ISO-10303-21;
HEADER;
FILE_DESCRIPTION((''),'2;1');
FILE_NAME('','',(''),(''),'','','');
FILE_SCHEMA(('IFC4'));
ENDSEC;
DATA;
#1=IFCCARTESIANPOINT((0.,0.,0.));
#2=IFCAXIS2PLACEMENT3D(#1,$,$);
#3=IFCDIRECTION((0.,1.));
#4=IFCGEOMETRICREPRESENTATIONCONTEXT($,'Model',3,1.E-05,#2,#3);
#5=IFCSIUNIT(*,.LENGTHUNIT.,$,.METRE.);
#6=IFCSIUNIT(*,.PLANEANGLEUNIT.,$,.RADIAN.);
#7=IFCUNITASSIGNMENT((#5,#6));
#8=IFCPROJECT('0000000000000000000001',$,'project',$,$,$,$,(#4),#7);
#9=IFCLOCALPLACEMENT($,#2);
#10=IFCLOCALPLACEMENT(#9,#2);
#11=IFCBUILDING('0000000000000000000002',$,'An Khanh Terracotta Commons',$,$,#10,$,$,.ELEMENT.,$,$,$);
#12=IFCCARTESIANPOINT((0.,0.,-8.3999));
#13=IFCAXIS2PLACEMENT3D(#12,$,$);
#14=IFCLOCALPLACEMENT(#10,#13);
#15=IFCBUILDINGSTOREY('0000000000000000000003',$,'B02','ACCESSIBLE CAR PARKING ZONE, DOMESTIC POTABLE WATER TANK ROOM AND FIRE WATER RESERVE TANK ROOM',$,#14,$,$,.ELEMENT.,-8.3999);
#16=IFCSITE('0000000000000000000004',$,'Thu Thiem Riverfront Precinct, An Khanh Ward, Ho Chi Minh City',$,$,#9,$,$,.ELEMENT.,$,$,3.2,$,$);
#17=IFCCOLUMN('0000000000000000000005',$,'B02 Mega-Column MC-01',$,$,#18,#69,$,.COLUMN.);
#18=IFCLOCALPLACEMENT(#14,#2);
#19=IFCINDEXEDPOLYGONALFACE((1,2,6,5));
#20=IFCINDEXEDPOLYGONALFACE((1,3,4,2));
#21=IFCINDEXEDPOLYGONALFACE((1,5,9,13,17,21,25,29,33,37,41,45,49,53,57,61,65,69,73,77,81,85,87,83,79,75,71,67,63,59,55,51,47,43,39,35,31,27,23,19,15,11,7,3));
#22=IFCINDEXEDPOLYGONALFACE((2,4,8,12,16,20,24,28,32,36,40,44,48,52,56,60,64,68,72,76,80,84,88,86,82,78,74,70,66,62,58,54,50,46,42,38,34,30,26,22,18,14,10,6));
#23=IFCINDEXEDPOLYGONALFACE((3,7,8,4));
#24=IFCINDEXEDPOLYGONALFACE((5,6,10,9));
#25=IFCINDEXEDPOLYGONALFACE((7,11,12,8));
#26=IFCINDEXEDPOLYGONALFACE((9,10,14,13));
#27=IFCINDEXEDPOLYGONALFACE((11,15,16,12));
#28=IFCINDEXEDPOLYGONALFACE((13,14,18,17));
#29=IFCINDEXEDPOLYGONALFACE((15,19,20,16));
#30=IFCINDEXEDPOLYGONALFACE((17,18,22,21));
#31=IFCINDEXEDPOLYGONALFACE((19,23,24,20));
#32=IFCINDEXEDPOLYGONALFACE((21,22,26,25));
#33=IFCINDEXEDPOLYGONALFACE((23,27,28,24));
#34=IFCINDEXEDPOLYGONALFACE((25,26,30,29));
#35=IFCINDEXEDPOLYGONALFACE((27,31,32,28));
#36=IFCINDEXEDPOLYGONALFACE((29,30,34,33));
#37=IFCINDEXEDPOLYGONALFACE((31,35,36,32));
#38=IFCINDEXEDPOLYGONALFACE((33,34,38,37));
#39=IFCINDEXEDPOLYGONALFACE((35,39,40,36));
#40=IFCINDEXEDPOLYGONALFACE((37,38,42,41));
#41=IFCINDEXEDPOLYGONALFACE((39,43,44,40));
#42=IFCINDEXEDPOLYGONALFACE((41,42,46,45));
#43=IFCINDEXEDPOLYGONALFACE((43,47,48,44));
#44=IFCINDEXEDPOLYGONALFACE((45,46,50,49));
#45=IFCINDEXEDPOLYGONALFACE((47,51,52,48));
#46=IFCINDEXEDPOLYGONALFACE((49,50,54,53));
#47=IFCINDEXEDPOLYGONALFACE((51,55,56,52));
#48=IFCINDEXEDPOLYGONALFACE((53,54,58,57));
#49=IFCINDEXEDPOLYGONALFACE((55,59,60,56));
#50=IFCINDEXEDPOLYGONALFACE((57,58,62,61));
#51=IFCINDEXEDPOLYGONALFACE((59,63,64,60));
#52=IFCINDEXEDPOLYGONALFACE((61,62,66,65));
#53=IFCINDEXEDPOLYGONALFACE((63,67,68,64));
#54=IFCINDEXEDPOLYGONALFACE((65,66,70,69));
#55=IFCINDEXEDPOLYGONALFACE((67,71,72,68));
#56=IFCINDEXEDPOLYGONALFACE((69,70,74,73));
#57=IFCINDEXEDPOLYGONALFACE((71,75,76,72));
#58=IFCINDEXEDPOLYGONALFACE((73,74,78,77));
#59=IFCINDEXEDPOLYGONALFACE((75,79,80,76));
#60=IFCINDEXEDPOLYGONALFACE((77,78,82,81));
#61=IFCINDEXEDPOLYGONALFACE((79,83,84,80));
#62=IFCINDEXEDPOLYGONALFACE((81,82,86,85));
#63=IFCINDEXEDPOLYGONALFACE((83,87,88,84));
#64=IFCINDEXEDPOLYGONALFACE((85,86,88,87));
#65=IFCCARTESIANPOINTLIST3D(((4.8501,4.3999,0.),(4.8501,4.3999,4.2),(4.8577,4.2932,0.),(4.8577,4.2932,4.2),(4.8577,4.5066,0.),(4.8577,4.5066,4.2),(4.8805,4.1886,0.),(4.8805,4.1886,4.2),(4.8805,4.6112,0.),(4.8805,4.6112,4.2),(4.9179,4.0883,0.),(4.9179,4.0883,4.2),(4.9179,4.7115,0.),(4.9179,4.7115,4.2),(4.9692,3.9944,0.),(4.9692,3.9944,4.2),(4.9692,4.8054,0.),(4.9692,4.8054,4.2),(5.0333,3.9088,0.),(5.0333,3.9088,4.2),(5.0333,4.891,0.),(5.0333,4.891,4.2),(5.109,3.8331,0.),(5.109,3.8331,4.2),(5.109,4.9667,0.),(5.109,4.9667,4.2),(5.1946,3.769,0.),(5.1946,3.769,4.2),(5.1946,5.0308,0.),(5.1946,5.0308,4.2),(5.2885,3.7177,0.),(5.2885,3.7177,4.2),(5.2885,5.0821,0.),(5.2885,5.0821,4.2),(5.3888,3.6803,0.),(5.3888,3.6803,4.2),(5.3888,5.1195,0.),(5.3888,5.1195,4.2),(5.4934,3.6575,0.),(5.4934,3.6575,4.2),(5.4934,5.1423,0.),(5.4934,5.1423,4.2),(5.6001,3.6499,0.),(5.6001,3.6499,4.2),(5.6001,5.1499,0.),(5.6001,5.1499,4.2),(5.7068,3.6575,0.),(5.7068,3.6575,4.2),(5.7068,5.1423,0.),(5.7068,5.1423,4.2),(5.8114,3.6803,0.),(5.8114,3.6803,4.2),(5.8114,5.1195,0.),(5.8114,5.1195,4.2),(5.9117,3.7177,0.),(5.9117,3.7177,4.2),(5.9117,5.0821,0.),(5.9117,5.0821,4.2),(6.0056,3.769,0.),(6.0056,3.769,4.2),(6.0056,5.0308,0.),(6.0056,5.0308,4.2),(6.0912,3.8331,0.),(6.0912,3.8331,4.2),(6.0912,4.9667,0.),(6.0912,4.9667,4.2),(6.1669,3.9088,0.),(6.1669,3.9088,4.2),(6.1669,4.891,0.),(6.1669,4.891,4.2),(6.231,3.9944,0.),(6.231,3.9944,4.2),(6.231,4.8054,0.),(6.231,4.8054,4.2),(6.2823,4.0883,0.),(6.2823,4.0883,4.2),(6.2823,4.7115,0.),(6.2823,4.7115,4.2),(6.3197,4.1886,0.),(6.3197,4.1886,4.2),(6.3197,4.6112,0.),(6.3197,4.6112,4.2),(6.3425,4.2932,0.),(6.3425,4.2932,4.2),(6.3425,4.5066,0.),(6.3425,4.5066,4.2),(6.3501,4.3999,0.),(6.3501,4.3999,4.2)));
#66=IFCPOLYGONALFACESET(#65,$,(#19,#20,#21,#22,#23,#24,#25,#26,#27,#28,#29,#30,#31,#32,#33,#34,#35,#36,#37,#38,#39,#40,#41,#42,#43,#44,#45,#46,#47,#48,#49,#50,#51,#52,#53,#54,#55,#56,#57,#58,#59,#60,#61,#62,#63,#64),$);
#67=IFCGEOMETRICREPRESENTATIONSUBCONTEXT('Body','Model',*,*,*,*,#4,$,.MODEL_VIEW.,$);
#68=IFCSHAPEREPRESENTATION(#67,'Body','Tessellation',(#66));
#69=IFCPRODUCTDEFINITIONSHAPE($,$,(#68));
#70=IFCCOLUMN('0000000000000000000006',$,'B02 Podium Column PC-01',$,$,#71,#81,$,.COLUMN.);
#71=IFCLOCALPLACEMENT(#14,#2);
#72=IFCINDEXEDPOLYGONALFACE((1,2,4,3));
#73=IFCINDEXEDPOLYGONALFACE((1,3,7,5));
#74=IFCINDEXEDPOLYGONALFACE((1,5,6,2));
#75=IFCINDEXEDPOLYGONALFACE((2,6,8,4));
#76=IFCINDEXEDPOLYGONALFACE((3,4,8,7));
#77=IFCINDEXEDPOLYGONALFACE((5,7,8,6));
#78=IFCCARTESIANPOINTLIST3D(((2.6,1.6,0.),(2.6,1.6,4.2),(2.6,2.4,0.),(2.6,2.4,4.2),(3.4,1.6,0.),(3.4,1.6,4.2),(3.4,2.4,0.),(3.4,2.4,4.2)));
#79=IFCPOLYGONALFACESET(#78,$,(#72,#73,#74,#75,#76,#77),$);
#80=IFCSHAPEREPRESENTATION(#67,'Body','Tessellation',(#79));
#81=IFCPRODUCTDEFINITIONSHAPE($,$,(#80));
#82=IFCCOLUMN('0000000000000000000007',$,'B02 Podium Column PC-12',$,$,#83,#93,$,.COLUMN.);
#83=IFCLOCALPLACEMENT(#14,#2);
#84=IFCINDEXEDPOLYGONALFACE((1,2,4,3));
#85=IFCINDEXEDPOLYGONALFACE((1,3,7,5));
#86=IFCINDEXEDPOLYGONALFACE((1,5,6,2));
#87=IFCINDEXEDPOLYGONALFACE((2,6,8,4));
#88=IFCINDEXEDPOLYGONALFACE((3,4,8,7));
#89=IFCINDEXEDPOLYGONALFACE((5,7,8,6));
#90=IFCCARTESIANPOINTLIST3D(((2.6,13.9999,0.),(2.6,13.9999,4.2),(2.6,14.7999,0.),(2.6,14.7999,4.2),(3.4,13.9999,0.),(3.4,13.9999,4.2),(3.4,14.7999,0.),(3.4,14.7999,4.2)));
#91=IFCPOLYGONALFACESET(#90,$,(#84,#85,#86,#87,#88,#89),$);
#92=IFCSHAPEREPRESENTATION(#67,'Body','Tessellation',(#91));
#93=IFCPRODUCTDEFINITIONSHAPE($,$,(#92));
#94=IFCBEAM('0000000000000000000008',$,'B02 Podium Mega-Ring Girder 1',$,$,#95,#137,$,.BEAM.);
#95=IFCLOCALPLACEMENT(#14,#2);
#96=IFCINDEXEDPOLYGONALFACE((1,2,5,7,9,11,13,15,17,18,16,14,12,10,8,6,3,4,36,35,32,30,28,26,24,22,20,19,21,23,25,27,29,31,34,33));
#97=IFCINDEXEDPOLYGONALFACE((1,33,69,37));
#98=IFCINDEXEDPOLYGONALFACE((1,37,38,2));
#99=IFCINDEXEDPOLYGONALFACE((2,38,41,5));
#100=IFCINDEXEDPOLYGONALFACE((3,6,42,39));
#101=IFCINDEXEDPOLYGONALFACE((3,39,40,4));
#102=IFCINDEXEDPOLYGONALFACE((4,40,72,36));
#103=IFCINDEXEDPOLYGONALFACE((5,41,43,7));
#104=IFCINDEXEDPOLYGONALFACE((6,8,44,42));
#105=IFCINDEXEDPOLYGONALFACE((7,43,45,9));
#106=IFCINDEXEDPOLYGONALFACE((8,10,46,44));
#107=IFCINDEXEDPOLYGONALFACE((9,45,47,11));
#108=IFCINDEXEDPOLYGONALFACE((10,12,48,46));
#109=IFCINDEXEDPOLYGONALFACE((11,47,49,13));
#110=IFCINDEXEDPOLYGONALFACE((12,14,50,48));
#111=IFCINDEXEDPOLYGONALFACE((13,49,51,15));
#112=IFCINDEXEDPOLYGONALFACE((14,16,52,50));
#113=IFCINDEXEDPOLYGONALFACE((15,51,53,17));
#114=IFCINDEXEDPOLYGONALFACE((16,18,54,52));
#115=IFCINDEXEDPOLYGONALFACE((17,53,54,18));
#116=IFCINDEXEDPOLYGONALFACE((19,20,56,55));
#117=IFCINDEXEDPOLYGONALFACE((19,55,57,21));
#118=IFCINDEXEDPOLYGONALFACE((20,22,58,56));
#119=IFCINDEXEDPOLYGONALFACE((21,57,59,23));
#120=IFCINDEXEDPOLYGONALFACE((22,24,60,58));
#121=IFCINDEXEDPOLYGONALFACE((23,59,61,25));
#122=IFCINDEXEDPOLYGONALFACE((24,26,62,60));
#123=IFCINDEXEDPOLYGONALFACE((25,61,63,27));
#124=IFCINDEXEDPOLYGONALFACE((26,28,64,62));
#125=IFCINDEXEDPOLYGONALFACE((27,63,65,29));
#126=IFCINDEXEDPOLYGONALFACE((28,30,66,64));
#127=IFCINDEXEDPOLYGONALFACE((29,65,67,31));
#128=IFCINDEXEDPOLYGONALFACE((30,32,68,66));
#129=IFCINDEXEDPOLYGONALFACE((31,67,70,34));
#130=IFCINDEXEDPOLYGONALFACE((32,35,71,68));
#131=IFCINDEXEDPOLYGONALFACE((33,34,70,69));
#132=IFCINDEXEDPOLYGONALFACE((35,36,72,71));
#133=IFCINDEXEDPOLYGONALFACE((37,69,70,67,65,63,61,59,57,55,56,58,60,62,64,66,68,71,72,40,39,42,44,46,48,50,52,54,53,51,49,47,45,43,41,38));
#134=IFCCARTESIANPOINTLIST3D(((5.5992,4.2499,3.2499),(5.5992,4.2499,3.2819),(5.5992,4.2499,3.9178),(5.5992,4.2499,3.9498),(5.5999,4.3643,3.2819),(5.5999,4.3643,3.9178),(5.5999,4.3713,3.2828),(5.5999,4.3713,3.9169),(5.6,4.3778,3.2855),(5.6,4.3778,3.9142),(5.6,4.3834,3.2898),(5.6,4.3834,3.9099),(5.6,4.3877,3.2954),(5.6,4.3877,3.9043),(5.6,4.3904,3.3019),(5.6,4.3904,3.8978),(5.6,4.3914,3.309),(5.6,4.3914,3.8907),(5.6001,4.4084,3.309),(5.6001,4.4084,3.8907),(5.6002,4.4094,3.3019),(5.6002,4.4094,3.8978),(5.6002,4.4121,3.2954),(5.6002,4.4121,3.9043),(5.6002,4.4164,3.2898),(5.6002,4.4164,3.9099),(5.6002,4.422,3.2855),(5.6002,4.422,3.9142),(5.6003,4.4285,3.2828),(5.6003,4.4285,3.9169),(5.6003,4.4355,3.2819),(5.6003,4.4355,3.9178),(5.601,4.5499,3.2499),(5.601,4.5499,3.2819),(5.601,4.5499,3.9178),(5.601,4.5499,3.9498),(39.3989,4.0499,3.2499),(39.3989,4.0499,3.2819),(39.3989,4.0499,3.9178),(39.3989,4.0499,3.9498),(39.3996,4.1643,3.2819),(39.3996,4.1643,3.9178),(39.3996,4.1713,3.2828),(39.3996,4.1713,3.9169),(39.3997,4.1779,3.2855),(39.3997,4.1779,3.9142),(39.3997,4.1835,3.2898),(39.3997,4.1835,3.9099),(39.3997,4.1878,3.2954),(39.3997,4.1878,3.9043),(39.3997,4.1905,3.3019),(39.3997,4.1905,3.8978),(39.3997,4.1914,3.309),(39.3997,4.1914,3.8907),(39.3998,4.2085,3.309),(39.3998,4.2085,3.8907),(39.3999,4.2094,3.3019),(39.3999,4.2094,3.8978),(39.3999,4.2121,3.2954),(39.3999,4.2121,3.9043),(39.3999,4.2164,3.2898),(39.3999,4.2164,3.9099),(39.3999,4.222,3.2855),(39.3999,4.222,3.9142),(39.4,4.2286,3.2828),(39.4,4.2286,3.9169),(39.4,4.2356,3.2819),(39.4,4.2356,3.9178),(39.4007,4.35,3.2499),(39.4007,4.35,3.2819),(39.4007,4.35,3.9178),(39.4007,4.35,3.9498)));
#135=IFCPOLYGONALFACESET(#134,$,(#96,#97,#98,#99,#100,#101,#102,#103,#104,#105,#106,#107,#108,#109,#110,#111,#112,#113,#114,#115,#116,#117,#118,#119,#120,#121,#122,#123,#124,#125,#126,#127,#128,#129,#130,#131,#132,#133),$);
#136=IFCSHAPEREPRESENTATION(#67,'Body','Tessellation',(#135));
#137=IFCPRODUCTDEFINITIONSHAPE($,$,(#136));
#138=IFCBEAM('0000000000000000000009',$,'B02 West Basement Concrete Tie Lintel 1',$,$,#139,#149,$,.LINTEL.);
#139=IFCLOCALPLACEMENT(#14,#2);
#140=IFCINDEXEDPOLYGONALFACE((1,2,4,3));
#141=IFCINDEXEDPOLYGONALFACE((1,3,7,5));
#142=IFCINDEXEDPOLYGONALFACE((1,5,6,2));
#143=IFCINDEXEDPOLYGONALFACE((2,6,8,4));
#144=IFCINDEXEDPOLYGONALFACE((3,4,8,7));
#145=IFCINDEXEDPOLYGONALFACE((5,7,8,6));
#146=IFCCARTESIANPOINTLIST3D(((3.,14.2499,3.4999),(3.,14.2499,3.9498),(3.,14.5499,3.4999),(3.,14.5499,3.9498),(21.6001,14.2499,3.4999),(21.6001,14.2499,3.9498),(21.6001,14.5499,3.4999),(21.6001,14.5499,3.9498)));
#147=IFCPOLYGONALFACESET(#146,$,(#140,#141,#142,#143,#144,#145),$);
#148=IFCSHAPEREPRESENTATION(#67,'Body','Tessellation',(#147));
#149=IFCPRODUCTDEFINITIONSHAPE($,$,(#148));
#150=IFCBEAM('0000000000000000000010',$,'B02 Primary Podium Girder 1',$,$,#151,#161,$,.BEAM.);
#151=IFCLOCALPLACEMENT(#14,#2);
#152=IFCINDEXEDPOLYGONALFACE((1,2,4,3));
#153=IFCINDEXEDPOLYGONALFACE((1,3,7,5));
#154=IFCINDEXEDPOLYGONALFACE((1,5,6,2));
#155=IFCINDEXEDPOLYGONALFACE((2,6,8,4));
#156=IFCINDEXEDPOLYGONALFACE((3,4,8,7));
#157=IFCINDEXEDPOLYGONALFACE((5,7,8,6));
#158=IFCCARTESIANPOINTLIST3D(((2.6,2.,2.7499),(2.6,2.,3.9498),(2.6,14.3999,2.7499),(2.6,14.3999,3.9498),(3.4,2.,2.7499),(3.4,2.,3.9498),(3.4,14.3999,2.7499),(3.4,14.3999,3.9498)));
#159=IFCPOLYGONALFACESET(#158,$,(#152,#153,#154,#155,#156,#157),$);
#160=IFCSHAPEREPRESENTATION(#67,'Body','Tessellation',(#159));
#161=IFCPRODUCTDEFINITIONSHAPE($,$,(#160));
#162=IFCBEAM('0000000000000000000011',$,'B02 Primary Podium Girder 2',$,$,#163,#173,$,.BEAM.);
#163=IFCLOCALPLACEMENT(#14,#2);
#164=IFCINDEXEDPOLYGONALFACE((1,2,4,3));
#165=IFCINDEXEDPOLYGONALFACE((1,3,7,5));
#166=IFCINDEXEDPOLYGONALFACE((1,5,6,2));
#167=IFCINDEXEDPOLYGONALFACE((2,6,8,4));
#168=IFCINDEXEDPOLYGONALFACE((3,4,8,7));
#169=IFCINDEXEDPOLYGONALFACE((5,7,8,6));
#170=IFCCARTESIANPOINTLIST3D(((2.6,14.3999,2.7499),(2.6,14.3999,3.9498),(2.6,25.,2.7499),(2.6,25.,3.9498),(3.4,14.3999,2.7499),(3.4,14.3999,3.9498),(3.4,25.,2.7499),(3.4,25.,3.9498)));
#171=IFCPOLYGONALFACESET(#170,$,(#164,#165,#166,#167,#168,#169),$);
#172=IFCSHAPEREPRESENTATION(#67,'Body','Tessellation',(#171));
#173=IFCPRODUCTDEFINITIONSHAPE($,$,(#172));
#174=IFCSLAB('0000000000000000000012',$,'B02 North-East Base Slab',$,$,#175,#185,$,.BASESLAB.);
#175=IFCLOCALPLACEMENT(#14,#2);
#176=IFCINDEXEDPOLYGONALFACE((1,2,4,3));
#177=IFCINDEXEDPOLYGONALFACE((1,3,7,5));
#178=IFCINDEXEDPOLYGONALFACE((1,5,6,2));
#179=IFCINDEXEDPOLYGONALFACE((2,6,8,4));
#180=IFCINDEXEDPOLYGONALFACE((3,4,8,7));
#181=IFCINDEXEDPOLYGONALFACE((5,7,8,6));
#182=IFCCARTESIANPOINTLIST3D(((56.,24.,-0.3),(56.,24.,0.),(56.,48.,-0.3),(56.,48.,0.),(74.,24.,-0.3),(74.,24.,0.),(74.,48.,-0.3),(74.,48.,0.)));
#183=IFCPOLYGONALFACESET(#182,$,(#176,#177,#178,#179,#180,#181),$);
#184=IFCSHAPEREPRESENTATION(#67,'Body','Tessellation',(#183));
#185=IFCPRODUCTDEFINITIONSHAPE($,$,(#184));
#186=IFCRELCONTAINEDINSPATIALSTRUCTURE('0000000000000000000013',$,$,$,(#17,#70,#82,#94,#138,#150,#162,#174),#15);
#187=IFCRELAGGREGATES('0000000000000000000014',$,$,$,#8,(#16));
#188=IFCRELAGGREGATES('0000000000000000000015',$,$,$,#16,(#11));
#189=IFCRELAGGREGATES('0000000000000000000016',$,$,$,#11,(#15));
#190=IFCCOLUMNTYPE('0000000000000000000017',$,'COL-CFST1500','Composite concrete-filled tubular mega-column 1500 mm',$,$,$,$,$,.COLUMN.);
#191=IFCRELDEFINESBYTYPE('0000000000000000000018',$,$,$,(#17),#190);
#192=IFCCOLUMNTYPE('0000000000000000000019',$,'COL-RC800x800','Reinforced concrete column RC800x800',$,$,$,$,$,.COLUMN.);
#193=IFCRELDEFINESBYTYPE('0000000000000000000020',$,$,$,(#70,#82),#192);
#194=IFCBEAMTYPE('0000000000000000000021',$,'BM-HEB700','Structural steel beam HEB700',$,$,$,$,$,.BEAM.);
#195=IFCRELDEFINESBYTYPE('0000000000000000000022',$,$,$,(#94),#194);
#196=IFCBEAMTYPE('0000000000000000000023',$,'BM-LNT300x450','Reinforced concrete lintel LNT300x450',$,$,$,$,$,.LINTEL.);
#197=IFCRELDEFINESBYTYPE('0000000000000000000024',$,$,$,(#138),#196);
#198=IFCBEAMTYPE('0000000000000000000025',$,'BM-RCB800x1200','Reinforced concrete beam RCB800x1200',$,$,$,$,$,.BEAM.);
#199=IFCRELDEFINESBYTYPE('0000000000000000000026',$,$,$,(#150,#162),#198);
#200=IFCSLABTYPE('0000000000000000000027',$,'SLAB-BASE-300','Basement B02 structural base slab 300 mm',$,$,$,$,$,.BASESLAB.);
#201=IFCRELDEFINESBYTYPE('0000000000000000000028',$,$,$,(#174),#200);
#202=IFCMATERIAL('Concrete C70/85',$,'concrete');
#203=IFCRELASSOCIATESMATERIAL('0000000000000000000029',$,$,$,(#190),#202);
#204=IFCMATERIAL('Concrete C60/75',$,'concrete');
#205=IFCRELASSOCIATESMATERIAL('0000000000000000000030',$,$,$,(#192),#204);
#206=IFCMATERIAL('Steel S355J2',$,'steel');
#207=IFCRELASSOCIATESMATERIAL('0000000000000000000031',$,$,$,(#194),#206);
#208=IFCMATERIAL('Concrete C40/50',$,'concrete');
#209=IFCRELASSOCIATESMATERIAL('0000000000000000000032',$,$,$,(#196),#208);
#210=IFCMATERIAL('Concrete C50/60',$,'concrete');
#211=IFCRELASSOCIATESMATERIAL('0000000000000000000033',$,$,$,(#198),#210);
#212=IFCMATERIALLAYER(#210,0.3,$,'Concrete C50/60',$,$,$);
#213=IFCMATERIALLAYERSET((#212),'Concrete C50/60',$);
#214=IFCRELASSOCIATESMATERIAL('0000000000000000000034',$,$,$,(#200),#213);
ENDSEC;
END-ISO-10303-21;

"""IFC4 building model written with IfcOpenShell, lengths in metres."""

from ifc_helpers import new_model, si_unit, direction, frame, origin, origin_2d, place, context, subcontext, project, spatial, polyline, rectangle, circle, i_section, outline, extrude, material, layer, layer_set, material_profile, profile_set, type_object, element, save


model = new_model("IFC4")

# Units and contexts
model_context = context("Model", 3, precision=1e-05, world=origin(), true_north=direction((0.0, 1.0)))
body_context = subcontext(model_context, "Body", "Model", "MODEL_VIEW")
ifc_project = project(units=[si_unit("LENGTHUNIT", "METRE"), si_unit("PLANEANGLEUNIT", "RADIAN")], contexts=[model_context])

# Site, building, storey
site_placement = place(None, origin())
site = spatial("IfcSite", under=ifc_project, at=site_placement, Name="Thu Thiem Riverfront Precinct, An Khanh Ward, Ho Chi Minh City", CompositionType="ELEMENT", RefElevation=3.2)
building_placement = place(site_placement, origin())
building = spatial("IfcBuilding", under=site, at=building_placement, Name="An Khanh Terracotta Commons", CompositionType="ELEMENT")
storey_placement = place(building_placement, frame((0.0, 0.0, -8.3999)))
storey = spatial("IfcBuildingStorey", under=building, at=storey_placement, Name="B02", Description="ACCESSIBLE CAR PARKING ZONE, DOMESTIC POTABLE WATER TANK ROOM AND FIRE WATER RESERVE TANK ROOM", CompositionType="ELEMENT", Elevation=-8.3999)

# Shared definitions
ifc_material_1 = material(Name="Concrete C50/60", Category="concrete")

# Columns
ifc_material_2 = material(Name="Concrete C70/85", Category="concrete")
ifc_material_profile_1 = material_profile(ifc_material_2, circle(Radius=0.75, at=origin_2d()), Name="CFST1500")
ifc_profile_set_1 = profile_set([ifc_material_profile_1], Name="Concrete C70/85")
column_type_1 = type_object("IfcColumnType", Name="COL-CFST1500", Description="Composite concrete-filled tubular mega-column 1500 mm", PredefinedType="COLUMN", material=ifc_profile_set_1)
column_placement = place(storey_placement, frame((5.6001, 4.3999, 0.0), z_axis=(0.0, 0.0, 1.0), x_axis=(1.0, 0.0, 0.0)))
element("IfcColumn", 1, at=column_placement, inside=storey, type_object=column_type_1, Name="B02 Mega-Column MC-01", PredefinedType="COLUMN", context=body_context, shape_type="SweptSolid", body=[
    extrude(circle(Radius=0.75, at=origin_2d()), origin(), (0.0, 0.0, 1.0), 4.2),
])
ifc_material_3 = material(Name="Concrete C60/75", Category="concrete")
ifc_material_profile_2 = material_profile(ifc_material_3, rectangle(XDim=0.8, YDim=0.8, at=origin_2d()), Name="RC800x800")
ifc_profile_set_2 = profile_set([ifc_material_profile_2], Name="Concrete C60/75")
column_type_2 = type_object("IfcColumnType", Name="COL-RC800x800", Description="Reinforced concrete column RC800x800", PredefinedType="COLUMN", material=ifc_profile_set_2)
for number, where, z_axis, x_axis, name in (
    (2, (3.0, 2.0, 0.0), (0.0, 0.0, 1.0), (1.0, 0.0, 0.0), "B02 Podium Column PC-01"),
    (3, (3.0, 14.3999, 0.0), (0.0, 0.0, 1.0), (1.0, 0.0, 0.0), "B02 Podium Column PC-12"),
):
    element("IfcColumn", number, at=place(storey_placement, frame(where, z_axis=z_axis, x_axis=x_axis)), inside=storey, type_object=column_type_2, Name=name, PredefinedType="COLUMN", context=body_context, shape_type="SweptSolid", body=[
        extrude(rectangle(XDim=0.8, YDim=0.8, at=origin_2d()), origin(), (0.0, 0.0, 1.0), 4.2),
    ])

# Beams
ifc_material_4 = material(Name="Steel S355J2", Category="steel")
ifc_material_profile_3 = material_profile(ifc_material_4, i_section(OverallWidth=0.3, OverallDepth=0.7, WebThickness=0.0171, FlangeThickness=0.032, FilletRadius=0.0271, at=origin_2d()), Name="HEB700")
ifc_profile_set_3 = profile_set([ifc_material_profile_3], Name="Steel S355J2")
beam_type_1 = type_object("IfcBeamType", Name="BM-HEB700", Description="Structural steel beam HEB700", PredefinedType="BEAM", material=ifc_profile_set_3)
beam_1_placement = place(storey_placement, frame((5.6001, 4.3999, 3.5999), z_axis=(0.999983, -0.005916, 0.0), x_axis=(0.005916, 0.999983, 0.0)))
element("IfcBeam", 4, at=beam_1_placement, inside=storey, type_object=beam_type_1, Name="B02 Podium Mega-Ring Girder 1", PredefinedType="BEAM", context=body_context, shape_type="SweptSolid", body=[
    extrude(i_section(OverallWidth=0.3, OverallDepth=0.7, WebThickness=0.0171, FlangeThickness=0.032, FilletRadius=0.0271, at=origin_2d()), origin(), (0.0, 0.0, 1.0), 33.8003),
])
ifc_material_5 = material(Name="Concrete C40/50", Category="concrete")
ifc_material_profile_4 = material_profile(ifc_material_5, rectangle(XDim=0.3, YDim=0.45, at=origin_2d()), Name="LNT300x450")
ifc_profile_set_4 = profile_set([ifc_material_profile_4], Name="Concrete C40/50")
beam_type_2 = type_object("IfcBeamType", Name="BM-LNT300x450", Description="Reinforced concrete lintel LNT300x450", PredefinedType="LINTEL", material=ifc_profile_set_4)
beam_2_placement = place(storey_placement, frame((3.0, 14.3999, 3.7249), z_axis=(1.0, 0.0, 0.0), x_axis=(0.0, 1.0, 0.0)))
element("IfcBeam", 5, at=beam_2_placement, inside=storey, type_object=beam_type_2, Name="B02 West Basement Concrete Tie Lintel 1", PredefinedType="LINTEL", context=body_context, shape_type="SweptSolid", body=[
    extrude(rectangle(XDim=0.3, YDim=0.45, at=origin_2d()), origin(), (0.0, 0.0, 1.0), 18.6001),
])
ifc_material_profile_5 = material_profile(ifc_material_1, rectangle(XDim=0.8, YDim=1.2, at=origin_2d()), Name="RCB800x1200")
ifc_profile_set_5 = profile_set([ifc_material_profile_5], Name="Concrete C50/60")
beam_type_3 = type_object("IfcBeamType", Name="BM-RCB800x1200", Description="Reinforced concrete beam RCB800x1200", PredefinedType="BEAM", material=ifc_profile_set_5)
beam_3_placement = place(storey_placement, frame((3.0, 2.0, 3.3499), z_axis=(0.0, 1.0, 0.0), x_axis=(-1.0, 0.0, 0.0)))
element("IfcBeam", 6, at=beam_3_placement, inside=storey, type_object=beam_type_3, Name="B02 Primary Podium Girder 1", PredefinedType="BEAM", context=body_context, shape_type="SweptSolid", body=[
    extrude(rectangle(XDim=0.8, YDim=1.2, at=origin_2d()), origin(), (0.0, 0.0, 1.0), 12.3999),
])
beam_4_placement = place(storey_placement, frame((3.0, 14.3999, 3.3499), z_axis=(0.0, 1.0, 0.0), x_axis=(-1.0, 0.0, 0.0)))
element("IfcBeam", 7, at=beam_4_placement, inside=storey, type_object=beam_type_3, Name="B02 Primary Podium Girder 2", PredefinedType="BEAM", context=body_context, shape_type="SweptSolid", body=[
    extrude(rectangle(XDim=0.8, YDim=1.2, at=origin_2d()), origin(), (0.0, 0.0, 1.0), 10.6001),
])

# Slab
ifc_layer_1 = layer(ifc_material_1, 0.3, Name="Concrete C50/60")
ifc_layer_set_1 = layer_set([ifc_layer_1], Name="Concrete C50/60")
slab_type_1 = type_object("IfcSlabType", Name="SLAB-BASE-300", Description="Basement B02 structural base slab 300 mm", PredefinedType="BASESLAB", material=ifc_layer_set_1)
slab_1_placement = place(storey_placement, frame((0.0, 0.0, -0.3)))
element("IfcSlab", 8, at=slab_1_placement, inside=storey, type_object=slab_type_1, Name="B02 North-East Base Slab", PredefinedType="BASESLAB", context=body_context, shape_type="SweptSolid", body=[
    extrude(outline(polyline([(56.0, 24.0), (74.0, 24.0), (74.0, 48.0), (56.0, 48.0), (56.0, 24.0)])), origin(), (0.0, 0.0, 1.0), 0.3),
])

save(model, "model.ifc")
